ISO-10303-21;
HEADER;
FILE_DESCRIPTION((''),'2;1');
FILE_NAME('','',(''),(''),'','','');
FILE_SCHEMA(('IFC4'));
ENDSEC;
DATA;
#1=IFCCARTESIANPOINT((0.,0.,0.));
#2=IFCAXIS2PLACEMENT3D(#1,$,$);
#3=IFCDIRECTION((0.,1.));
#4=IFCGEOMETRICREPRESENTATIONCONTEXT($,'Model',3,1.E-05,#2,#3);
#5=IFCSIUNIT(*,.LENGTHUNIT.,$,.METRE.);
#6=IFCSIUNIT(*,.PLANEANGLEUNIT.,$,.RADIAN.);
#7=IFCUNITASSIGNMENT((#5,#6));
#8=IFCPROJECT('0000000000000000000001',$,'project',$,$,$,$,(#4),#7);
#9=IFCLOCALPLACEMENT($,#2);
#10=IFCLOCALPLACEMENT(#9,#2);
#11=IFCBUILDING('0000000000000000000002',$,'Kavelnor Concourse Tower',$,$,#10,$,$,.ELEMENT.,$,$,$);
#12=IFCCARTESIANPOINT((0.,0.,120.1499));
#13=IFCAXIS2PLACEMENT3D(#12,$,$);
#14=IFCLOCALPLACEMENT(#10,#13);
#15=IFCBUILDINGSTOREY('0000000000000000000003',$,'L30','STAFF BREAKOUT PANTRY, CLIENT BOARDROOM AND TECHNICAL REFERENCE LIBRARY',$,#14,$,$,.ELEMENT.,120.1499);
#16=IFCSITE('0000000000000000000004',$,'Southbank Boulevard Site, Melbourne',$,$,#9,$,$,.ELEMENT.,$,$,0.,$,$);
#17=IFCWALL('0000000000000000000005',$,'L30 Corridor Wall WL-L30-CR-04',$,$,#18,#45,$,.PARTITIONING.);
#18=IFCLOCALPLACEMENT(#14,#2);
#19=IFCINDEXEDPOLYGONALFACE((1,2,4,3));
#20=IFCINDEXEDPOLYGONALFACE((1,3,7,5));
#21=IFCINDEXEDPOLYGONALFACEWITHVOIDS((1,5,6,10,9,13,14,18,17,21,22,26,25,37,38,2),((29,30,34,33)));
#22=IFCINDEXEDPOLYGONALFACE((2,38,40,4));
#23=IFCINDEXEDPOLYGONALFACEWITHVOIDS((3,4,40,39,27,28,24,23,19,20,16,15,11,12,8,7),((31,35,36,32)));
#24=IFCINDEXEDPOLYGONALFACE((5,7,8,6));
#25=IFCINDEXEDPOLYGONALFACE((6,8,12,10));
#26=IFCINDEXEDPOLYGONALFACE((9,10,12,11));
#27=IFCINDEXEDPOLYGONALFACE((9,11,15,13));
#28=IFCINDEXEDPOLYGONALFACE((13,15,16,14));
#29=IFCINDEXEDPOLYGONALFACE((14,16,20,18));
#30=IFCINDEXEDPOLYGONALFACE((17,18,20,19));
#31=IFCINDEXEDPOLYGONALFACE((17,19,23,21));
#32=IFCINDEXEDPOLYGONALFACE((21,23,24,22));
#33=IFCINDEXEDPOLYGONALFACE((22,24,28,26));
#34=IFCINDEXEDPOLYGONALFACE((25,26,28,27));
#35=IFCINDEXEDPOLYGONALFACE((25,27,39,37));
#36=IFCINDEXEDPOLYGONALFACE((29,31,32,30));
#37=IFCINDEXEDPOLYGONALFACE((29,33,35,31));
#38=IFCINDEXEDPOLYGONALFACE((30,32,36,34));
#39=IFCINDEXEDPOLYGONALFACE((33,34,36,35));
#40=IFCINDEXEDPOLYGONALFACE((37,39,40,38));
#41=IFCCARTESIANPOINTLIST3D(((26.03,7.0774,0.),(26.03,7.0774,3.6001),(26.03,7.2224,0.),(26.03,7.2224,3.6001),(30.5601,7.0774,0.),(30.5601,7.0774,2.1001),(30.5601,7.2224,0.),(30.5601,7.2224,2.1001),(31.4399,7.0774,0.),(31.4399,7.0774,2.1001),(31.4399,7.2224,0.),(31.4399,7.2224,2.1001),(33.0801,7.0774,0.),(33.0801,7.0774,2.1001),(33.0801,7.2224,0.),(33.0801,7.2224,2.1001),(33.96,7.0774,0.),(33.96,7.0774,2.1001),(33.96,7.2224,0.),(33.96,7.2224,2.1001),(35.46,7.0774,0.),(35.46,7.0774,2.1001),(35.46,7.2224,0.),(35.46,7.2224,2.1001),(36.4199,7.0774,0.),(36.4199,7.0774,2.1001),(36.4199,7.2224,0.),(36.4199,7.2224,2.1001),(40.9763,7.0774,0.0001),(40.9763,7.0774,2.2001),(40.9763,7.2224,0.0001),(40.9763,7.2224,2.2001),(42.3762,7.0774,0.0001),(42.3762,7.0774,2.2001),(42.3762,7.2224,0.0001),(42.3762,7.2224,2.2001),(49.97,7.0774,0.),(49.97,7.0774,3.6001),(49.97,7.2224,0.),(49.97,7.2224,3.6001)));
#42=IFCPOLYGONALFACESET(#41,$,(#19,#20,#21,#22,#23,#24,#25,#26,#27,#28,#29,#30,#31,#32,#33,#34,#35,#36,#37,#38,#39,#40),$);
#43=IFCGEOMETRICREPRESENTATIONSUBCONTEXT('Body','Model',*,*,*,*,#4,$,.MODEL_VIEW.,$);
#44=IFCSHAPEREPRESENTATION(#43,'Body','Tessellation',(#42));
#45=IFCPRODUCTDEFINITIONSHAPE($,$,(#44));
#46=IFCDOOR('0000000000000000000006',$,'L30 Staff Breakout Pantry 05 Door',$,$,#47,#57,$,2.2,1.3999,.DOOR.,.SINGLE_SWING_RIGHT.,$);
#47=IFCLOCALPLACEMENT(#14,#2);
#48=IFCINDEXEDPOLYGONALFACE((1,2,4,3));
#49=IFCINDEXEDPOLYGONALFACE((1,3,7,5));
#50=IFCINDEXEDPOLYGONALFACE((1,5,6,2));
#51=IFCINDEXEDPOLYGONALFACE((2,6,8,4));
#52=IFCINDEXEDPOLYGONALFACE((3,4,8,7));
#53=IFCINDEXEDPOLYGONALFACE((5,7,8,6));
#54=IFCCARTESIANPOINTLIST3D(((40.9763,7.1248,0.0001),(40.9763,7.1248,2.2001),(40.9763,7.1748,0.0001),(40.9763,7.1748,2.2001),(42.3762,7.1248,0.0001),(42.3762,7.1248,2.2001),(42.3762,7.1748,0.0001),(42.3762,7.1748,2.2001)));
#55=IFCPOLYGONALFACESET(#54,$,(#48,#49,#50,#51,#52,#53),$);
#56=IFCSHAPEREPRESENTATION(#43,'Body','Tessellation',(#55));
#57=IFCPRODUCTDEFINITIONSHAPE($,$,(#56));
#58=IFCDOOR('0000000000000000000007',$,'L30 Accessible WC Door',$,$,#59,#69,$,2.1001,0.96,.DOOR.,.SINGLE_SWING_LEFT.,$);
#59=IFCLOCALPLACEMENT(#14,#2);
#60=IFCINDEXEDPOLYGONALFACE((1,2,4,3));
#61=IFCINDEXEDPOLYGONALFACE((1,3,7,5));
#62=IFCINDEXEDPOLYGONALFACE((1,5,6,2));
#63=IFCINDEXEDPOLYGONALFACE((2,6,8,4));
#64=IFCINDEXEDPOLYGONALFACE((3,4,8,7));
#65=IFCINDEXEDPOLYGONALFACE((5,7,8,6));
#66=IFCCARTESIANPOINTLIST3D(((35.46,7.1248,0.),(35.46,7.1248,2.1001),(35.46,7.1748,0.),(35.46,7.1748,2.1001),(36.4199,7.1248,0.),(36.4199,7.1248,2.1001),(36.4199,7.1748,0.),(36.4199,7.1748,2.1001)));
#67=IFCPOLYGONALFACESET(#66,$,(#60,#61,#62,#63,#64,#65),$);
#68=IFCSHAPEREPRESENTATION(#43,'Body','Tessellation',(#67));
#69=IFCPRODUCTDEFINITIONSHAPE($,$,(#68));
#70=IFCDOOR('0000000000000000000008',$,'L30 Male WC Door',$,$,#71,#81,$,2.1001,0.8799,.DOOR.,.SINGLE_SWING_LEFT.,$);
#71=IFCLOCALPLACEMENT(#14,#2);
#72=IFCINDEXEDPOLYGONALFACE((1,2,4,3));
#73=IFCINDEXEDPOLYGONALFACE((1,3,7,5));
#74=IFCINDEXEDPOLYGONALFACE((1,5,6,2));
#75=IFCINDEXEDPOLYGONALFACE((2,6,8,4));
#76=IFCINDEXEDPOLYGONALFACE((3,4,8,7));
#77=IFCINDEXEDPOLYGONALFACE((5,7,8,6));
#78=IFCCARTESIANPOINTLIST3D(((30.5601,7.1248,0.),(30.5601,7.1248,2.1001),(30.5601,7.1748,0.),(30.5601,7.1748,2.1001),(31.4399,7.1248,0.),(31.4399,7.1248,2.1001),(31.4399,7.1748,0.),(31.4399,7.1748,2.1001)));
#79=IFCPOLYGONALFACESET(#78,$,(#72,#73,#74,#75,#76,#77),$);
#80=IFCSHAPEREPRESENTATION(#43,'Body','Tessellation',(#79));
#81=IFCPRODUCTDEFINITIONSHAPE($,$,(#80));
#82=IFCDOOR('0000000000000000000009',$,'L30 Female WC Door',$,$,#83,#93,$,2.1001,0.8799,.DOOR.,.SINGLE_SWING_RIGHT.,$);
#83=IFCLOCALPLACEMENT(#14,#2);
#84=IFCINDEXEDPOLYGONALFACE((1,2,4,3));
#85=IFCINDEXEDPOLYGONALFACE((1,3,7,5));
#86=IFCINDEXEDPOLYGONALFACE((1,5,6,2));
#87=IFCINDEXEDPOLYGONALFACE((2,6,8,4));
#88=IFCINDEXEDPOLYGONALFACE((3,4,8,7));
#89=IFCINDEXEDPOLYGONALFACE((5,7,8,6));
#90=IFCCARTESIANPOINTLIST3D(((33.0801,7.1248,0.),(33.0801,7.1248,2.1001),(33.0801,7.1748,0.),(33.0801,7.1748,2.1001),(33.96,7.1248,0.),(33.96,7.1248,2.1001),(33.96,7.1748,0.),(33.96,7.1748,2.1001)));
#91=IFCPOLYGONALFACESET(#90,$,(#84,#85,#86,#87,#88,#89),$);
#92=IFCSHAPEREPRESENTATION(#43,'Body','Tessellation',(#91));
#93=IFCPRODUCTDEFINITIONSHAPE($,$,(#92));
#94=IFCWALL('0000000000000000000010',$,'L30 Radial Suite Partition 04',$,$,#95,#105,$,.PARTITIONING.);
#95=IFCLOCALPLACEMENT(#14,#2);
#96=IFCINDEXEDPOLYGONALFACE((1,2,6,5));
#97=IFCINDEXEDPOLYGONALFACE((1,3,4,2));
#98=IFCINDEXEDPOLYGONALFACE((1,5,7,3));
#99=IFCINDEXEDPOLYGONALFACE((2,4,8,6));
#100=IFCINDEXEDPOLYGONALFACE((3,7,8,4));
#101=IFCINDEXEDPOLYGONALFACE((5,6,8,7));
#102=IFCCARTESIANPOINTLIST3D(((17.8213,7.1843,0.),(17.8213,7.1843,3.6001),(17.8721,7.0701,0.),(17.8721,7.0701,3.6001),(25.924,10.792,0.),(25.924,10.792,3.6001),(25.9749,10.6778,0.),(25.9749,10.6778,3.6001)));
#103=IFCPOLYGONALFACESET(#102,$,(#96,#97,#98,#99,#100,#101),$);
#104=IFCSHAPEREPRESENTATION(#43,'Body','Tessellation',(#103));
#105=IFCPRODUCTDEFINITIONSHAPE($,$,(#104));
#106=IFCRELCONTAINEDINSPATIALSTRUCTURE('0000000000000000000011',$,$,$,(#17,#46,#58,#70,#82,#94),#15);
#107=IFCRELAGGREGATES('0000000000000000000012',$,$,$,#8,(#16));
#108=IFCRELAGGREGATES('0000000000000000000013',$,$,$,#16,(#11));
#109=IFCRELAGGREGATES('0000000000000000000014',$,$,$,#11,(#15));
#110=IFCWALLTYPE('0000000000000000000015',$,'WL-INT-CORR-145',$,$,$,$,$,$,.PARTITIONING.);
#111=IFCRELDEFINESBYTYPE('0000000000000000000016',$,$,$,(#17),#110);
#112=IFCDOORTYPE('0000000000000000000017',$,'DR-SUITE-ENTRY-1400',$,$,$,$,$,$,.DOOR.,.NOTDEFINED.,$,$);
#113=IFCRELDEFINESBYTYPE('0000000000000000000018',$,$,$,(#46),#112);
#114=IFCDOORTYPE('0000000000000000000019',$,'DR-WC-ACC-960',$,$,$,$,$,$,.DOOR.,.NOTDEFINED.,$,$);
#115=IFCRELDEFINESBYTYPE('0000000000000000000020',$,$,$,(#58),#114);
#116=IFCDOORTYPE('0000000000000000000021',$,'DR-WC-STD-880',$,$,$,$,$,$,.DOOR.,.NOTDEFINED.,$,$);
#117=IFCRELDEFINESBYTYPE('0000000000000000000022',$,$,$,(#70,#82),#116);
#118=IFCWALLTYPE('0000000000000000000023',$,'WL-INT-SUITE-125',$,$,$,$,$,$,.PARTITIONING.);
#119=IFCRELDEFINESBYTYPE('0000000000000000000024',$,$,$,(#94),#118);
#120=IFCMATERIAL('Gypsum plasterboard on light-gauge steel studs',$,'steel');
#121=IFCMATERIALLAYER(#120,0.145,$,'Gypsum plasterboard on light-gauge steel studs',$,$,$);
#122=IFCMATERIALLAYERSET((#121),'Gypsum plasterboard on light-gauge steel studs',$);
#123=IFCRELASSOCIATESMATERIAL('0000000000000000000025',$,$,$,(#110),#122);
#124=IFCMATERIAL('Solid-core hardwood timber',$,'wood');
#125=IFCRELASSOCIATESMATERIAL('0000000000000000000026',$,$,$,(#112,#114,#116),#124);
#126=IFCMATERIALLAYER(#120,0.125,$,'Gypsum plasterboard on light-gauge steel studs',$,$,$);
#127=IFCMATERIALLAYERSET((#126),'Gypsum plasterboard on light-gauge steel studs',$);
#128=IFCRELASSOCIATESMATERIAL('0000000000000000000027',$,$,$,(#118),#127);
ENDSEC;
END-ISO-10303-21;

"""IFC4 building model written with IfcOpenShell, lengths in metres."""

from ifc_helpers import new_model, si_unit, direction, frame, frame_2d, origin, place, context, subcontext, project, spatial, rectangle, extrude, material, layer, layer_set, type_object, element, fill, save


model = new_model("IFC4")

# Units and contexts
model_context = context("Model", 3, precision=1e-05, world=origin(), true_north=direction((0.0, 1.0)))
body_context = subcontext(model_context, "Body", "Model", "MODEL_VIEW")
ifc_project = project(units=[si_unit("LENGTHUNIT", "METRE"), si_unit("PLANEANGLEUNIT", "RADIAN")], contexts=[model_context])

# Site, building, storey
site_placement = place(None, origin())
site = spatial("IfcSite", under=ifc_project, at=site_placement, Name="Southbank Boulevard Site, Melbourne", CompositionType="ELEMENT", RefElevation=0.0)
building_placement = place(site_placement, origin())
building = spatial("IfcBuilding", under=site, at=building_placement, Name="Kavelnor Concourse Tower", CompositionType="ELEMENT")
storey_placement = place(building_placement, frame((0.0, 0.0, 120.1499)))
storey = spatial("IfcBuildingStorey", under=building, at=storey_placement, Name="L30", Description="STAFF BREAKOUT PANTRY, CLIENT BOARDROOM AND TECHNICAL REFERENCE LIBRARY", CompositionType="ELEMENT", Elevation=120.1499)

# Wall, openings, doors
ifc_material_1 = material(Name="Gypsum plasterboard on light-gauge steel studs", Category="steel")
ifc_layer_1 = layer(ifc_material_1, 0.145, Name="Gypsum plasterboard on light-gauge steel studs")
ifc_layer_set_1 = layer_set([ifc_layer_1], Name="Gypsum plasterboard on light-gauge steel studs")
wall_type_1 = type_object("IfcWallType", Name="WL-INT-CORR-145", PredefinedType="PARTITIONING", material=ifc_layer_set_1)
wall_1_placement = place(storey_placement, frame((26.03, 7.1499, 0.0), z_axis=(0.0, 0.0, 1.0), x_axis=(1.0, 0.0, 0.0)))
wall_1 = element("IfcWall", 1, at=wall_1_placement, inside=storey, type_object=wall_type_1, Name="L30 Corridor Wall WL-L30-CR-04", PredefinedType="PARTITIONING", context=body_context, shape_type="SweptSolid", body=[
    extrude(rectangle(XDim=23.9399, YDim=0.145, at=frame_2d((11.97, 0.0))), origin(), (0.0, 0.0, 1.0), 3.6001),
])
opening_1_placement = place(wall_1_placement, frame((4.53, 0.0, 0.0)))
opening_1 = element("IfcOpeningElement", 2, at=opening_1_placement, cuts=wall_1, PredefinedType="OPENING", context=body_context, shape_type="SweptSolid", body=[
    extrude(rectangle(XDim=0.8799, YDim=2.1001, at=frame_2d((0.4399, 1.05))), frame((0.0, 0.0825, 0.0), z_axis=(0.0, -1.0, 0.0), x_axis=(1.0, 0.0, 0.0)), (0.0, 0.0, 1.0), 0.165),
])
opening_2_placement = place(wall_1_placement, frame((7.05, 0.0, 0.0)))
opening_2 = element("IfcOpeningElement", 3, at=opening_2_placement, cuts=wall_1, PredefinedType="OPENING", context=body_context, shape_type="SweptSolid", body=[
    extrude(rectangle(XDim=0.8799, YDim=2.1001, at=frame_2d((0.4399, 1.05))), frame((0.0, 0.0825, 0.0), z_axis=(0.0, -1.0, 0.0), x_axis=(1.0, 0.0, 0.0)), (0.0, 0.0, 1.0), 0.165),
])
opening_3_placement = place(wall_1_placement, frame((9.4299, 0.0, 0.0)))
opening_3 = element("IfcOpeningElement", 4, at=opening_3_placement, cuts=wall_1, PredefinedType="OPENING", context=body_context, shape_type="SweptSolid", body=[
    extrude(rectangle(XDim=0.96, YDim=2.1001, at=frame_2d((0.48, 1.05))), frame((0.0, 0.0825, 0.0), z_axis=(0.0, -1.0, 0.0), x_axis=(1.0, 0.0, 0.0)), (0.0, 0.0, 1.0), 0.165),
])
opening_4_placement = place(wall_1_placement, frame((14.9463, 0.0, 0.0)))
opening_4 = element("IfcOpeningElement", 5, at=opening_4_placement, cuts=wall_1, PredefinedType="OPENING", context=body_context, shape_type="SweptSolid", body=[
    extrude(rectangle(XDim=1.3999, YDim=2.2, at=frame_2d((0.7, 1.1001))), frame((0.0, 0.0825, 0.0), z_axis=(0.0, -1.0, 0.0), x_axis=(1.0, 0.0, 0.0)), (0.0, 0.0, 1.0), 0.165),
])
ifc_material_2 = material(Name="Solid-core hardwood timber", Category="wood")
door_type_1 = type_object("IfcDoorType", Name="DR-SUITE-ENTRY-1400", OperationType="NOTDEFINED", PredefinedType="DOOR", material=ifc_material_2)
door_1_placement = place(opening_4_placement, origin())
door_1 = element("IfcDoor", 6, at=door_1_placement, inside=storey, type_object=door_type_1, Name="L30 Staff Breakout Pantry 05 Door", OperationType="SINGLE_SWING_RIGHT", OverallHeight=2.2, OverallWidth=1.3999, PredefinedType="DOOR", context=body_context, shape_type="SweptSolid", body=[
    extrude(rectangle(XDim=1.3999, YDim=2.2, at=frame_2d((0.7, 1.1001))), frame((0.0, 0.0249, 0.0), z_axis=(0.0, -1.0, 0.0), x_axis=(1.0, 0.0, 0.0)), (0.0, 0.0, 1.0), 0.05),
])
fill(opening_4, door_1)
door_type_2 = type_object("IfcDoorType", Name="DR-WC-ACC-960", OperationType="NOTDEFINED", PredefinedType="DOOR", material=ifc_material_2)
door_2_placement = place(opening_3_placement, origin())
door_2 = element("IfcDoor", 7, at=door_2_placement, inside=storey, type_object=door_type_2, Name="L30 Accessible WC Door", OperationType="SINGLE_SWING_LEFT", OverallHeight=2.1001, OverallWidth=0.96, PredefinedType="DOOR", context=body_context, shape_type="SweptSolid", body=[
    extrude(rectangle(XDim=0.96, YDim=2.1001, at=frame_2d((0.48, 1.05))), frame((0.0, 0.0249, 0.0), z_axis=(0.0, -1.0, 0.0), x_axis=(1.0, 0.0, 0.0)), (0.0, 0.0, 1.0), 0.05),
])
fill(opening_3, door_2)
door_type_3 = type_object("IfcDoorType", Name="DR-WC-STD-880", OperationType="NOTDEFINED", PredefinedType="DOOR", material=ifc_material_2)
door_3_placement = place(opening_1_placement, origin())
door_3 = element("IfcDoor", 8, at=door_3_placement, inside=storey, type_object=door_type_3, Name="L30 Male WC Door", OperationType="SINGLE_SWING_LEFT", OverallHeight=2.1001, OverallWidth=0.8799, PredefinedType="DOOR", context=body_context, shape_type="SweptSolid", body=[
    extrude(rectangle(XDim=0.8799, YDim=2.1001, at=frame_2d((0.4399, 1.05))), frame((0.0, 0.0249, 0.0), z_axis=(0.0, -1.0, 0.0), x_axis=(1.0, 0.0, 0.0)), (0.0, 0.0, 1.0), 0.05),
])
fill(opening_1, door_3)
door_4_placement = place(opening_2_placement, origin())
door_4 = element("IfcDoor", 9, at=door_4_placement, inside=storey, type_object=door_type_3, Name="L30 Female WC Door", OperationType="SINGLE_SWING_RIGHT", OverallHeight=2.1001, OverallWidth=0.8799, PredefinedType="DOOR", context=body_context, shape_type="SweptSolid", body=[
    extrude(rectangle(XDim=0.8799, YDim=2.1001, at=frame_2d((0.4399, 1.05))), frame((0.0, 0.0249, 0.0), z_axis=(0.0, -1.0, 0.0), x_axis=(1.0, 0.0, 0.0)), (0.0, 0.0, 1.0), 0.05),
])
fill(opening_2, door_4)

# Wall
ifc_layer_2 = layer(ifc_material_1, 0.125, Name="Gypsum plasterboard on light-gauge steel studs")
ifc_layer_set_2 = layer_set([ifc_layer_2], Name="Gypsum plasterboard on light-gauge steel studs")
wall_type_2 = type_object("IfcWallType", Name="WL-INT-SUITE-125", PredefinedType="PARTITIONING", material=ifc_layer_set_2)
wall_2_placement = place(storey_placement, frame((25.9495, 10.7349, 0.0), z_axis=(0.0, 0.0, 1.0), x_axis=(-0.913542, -0.406744, 0.0)))
element("IfcWall", 10, at=wall_2_placement, inside=storey, type_object=wall_type_2, Name="L30 Radial Suite Partition 04", PredefinedType="PARTITIONING", context=body_context, shape_type="SweptSolid", body=[
    extrude(rectangle(XDim=8.8696, YDim=0.125, at=frame_2d((4.4348, 0.0))), origin(), (0.0, 0.0, 1.0), 3.6001),
])

save(model, "model.ifc")
